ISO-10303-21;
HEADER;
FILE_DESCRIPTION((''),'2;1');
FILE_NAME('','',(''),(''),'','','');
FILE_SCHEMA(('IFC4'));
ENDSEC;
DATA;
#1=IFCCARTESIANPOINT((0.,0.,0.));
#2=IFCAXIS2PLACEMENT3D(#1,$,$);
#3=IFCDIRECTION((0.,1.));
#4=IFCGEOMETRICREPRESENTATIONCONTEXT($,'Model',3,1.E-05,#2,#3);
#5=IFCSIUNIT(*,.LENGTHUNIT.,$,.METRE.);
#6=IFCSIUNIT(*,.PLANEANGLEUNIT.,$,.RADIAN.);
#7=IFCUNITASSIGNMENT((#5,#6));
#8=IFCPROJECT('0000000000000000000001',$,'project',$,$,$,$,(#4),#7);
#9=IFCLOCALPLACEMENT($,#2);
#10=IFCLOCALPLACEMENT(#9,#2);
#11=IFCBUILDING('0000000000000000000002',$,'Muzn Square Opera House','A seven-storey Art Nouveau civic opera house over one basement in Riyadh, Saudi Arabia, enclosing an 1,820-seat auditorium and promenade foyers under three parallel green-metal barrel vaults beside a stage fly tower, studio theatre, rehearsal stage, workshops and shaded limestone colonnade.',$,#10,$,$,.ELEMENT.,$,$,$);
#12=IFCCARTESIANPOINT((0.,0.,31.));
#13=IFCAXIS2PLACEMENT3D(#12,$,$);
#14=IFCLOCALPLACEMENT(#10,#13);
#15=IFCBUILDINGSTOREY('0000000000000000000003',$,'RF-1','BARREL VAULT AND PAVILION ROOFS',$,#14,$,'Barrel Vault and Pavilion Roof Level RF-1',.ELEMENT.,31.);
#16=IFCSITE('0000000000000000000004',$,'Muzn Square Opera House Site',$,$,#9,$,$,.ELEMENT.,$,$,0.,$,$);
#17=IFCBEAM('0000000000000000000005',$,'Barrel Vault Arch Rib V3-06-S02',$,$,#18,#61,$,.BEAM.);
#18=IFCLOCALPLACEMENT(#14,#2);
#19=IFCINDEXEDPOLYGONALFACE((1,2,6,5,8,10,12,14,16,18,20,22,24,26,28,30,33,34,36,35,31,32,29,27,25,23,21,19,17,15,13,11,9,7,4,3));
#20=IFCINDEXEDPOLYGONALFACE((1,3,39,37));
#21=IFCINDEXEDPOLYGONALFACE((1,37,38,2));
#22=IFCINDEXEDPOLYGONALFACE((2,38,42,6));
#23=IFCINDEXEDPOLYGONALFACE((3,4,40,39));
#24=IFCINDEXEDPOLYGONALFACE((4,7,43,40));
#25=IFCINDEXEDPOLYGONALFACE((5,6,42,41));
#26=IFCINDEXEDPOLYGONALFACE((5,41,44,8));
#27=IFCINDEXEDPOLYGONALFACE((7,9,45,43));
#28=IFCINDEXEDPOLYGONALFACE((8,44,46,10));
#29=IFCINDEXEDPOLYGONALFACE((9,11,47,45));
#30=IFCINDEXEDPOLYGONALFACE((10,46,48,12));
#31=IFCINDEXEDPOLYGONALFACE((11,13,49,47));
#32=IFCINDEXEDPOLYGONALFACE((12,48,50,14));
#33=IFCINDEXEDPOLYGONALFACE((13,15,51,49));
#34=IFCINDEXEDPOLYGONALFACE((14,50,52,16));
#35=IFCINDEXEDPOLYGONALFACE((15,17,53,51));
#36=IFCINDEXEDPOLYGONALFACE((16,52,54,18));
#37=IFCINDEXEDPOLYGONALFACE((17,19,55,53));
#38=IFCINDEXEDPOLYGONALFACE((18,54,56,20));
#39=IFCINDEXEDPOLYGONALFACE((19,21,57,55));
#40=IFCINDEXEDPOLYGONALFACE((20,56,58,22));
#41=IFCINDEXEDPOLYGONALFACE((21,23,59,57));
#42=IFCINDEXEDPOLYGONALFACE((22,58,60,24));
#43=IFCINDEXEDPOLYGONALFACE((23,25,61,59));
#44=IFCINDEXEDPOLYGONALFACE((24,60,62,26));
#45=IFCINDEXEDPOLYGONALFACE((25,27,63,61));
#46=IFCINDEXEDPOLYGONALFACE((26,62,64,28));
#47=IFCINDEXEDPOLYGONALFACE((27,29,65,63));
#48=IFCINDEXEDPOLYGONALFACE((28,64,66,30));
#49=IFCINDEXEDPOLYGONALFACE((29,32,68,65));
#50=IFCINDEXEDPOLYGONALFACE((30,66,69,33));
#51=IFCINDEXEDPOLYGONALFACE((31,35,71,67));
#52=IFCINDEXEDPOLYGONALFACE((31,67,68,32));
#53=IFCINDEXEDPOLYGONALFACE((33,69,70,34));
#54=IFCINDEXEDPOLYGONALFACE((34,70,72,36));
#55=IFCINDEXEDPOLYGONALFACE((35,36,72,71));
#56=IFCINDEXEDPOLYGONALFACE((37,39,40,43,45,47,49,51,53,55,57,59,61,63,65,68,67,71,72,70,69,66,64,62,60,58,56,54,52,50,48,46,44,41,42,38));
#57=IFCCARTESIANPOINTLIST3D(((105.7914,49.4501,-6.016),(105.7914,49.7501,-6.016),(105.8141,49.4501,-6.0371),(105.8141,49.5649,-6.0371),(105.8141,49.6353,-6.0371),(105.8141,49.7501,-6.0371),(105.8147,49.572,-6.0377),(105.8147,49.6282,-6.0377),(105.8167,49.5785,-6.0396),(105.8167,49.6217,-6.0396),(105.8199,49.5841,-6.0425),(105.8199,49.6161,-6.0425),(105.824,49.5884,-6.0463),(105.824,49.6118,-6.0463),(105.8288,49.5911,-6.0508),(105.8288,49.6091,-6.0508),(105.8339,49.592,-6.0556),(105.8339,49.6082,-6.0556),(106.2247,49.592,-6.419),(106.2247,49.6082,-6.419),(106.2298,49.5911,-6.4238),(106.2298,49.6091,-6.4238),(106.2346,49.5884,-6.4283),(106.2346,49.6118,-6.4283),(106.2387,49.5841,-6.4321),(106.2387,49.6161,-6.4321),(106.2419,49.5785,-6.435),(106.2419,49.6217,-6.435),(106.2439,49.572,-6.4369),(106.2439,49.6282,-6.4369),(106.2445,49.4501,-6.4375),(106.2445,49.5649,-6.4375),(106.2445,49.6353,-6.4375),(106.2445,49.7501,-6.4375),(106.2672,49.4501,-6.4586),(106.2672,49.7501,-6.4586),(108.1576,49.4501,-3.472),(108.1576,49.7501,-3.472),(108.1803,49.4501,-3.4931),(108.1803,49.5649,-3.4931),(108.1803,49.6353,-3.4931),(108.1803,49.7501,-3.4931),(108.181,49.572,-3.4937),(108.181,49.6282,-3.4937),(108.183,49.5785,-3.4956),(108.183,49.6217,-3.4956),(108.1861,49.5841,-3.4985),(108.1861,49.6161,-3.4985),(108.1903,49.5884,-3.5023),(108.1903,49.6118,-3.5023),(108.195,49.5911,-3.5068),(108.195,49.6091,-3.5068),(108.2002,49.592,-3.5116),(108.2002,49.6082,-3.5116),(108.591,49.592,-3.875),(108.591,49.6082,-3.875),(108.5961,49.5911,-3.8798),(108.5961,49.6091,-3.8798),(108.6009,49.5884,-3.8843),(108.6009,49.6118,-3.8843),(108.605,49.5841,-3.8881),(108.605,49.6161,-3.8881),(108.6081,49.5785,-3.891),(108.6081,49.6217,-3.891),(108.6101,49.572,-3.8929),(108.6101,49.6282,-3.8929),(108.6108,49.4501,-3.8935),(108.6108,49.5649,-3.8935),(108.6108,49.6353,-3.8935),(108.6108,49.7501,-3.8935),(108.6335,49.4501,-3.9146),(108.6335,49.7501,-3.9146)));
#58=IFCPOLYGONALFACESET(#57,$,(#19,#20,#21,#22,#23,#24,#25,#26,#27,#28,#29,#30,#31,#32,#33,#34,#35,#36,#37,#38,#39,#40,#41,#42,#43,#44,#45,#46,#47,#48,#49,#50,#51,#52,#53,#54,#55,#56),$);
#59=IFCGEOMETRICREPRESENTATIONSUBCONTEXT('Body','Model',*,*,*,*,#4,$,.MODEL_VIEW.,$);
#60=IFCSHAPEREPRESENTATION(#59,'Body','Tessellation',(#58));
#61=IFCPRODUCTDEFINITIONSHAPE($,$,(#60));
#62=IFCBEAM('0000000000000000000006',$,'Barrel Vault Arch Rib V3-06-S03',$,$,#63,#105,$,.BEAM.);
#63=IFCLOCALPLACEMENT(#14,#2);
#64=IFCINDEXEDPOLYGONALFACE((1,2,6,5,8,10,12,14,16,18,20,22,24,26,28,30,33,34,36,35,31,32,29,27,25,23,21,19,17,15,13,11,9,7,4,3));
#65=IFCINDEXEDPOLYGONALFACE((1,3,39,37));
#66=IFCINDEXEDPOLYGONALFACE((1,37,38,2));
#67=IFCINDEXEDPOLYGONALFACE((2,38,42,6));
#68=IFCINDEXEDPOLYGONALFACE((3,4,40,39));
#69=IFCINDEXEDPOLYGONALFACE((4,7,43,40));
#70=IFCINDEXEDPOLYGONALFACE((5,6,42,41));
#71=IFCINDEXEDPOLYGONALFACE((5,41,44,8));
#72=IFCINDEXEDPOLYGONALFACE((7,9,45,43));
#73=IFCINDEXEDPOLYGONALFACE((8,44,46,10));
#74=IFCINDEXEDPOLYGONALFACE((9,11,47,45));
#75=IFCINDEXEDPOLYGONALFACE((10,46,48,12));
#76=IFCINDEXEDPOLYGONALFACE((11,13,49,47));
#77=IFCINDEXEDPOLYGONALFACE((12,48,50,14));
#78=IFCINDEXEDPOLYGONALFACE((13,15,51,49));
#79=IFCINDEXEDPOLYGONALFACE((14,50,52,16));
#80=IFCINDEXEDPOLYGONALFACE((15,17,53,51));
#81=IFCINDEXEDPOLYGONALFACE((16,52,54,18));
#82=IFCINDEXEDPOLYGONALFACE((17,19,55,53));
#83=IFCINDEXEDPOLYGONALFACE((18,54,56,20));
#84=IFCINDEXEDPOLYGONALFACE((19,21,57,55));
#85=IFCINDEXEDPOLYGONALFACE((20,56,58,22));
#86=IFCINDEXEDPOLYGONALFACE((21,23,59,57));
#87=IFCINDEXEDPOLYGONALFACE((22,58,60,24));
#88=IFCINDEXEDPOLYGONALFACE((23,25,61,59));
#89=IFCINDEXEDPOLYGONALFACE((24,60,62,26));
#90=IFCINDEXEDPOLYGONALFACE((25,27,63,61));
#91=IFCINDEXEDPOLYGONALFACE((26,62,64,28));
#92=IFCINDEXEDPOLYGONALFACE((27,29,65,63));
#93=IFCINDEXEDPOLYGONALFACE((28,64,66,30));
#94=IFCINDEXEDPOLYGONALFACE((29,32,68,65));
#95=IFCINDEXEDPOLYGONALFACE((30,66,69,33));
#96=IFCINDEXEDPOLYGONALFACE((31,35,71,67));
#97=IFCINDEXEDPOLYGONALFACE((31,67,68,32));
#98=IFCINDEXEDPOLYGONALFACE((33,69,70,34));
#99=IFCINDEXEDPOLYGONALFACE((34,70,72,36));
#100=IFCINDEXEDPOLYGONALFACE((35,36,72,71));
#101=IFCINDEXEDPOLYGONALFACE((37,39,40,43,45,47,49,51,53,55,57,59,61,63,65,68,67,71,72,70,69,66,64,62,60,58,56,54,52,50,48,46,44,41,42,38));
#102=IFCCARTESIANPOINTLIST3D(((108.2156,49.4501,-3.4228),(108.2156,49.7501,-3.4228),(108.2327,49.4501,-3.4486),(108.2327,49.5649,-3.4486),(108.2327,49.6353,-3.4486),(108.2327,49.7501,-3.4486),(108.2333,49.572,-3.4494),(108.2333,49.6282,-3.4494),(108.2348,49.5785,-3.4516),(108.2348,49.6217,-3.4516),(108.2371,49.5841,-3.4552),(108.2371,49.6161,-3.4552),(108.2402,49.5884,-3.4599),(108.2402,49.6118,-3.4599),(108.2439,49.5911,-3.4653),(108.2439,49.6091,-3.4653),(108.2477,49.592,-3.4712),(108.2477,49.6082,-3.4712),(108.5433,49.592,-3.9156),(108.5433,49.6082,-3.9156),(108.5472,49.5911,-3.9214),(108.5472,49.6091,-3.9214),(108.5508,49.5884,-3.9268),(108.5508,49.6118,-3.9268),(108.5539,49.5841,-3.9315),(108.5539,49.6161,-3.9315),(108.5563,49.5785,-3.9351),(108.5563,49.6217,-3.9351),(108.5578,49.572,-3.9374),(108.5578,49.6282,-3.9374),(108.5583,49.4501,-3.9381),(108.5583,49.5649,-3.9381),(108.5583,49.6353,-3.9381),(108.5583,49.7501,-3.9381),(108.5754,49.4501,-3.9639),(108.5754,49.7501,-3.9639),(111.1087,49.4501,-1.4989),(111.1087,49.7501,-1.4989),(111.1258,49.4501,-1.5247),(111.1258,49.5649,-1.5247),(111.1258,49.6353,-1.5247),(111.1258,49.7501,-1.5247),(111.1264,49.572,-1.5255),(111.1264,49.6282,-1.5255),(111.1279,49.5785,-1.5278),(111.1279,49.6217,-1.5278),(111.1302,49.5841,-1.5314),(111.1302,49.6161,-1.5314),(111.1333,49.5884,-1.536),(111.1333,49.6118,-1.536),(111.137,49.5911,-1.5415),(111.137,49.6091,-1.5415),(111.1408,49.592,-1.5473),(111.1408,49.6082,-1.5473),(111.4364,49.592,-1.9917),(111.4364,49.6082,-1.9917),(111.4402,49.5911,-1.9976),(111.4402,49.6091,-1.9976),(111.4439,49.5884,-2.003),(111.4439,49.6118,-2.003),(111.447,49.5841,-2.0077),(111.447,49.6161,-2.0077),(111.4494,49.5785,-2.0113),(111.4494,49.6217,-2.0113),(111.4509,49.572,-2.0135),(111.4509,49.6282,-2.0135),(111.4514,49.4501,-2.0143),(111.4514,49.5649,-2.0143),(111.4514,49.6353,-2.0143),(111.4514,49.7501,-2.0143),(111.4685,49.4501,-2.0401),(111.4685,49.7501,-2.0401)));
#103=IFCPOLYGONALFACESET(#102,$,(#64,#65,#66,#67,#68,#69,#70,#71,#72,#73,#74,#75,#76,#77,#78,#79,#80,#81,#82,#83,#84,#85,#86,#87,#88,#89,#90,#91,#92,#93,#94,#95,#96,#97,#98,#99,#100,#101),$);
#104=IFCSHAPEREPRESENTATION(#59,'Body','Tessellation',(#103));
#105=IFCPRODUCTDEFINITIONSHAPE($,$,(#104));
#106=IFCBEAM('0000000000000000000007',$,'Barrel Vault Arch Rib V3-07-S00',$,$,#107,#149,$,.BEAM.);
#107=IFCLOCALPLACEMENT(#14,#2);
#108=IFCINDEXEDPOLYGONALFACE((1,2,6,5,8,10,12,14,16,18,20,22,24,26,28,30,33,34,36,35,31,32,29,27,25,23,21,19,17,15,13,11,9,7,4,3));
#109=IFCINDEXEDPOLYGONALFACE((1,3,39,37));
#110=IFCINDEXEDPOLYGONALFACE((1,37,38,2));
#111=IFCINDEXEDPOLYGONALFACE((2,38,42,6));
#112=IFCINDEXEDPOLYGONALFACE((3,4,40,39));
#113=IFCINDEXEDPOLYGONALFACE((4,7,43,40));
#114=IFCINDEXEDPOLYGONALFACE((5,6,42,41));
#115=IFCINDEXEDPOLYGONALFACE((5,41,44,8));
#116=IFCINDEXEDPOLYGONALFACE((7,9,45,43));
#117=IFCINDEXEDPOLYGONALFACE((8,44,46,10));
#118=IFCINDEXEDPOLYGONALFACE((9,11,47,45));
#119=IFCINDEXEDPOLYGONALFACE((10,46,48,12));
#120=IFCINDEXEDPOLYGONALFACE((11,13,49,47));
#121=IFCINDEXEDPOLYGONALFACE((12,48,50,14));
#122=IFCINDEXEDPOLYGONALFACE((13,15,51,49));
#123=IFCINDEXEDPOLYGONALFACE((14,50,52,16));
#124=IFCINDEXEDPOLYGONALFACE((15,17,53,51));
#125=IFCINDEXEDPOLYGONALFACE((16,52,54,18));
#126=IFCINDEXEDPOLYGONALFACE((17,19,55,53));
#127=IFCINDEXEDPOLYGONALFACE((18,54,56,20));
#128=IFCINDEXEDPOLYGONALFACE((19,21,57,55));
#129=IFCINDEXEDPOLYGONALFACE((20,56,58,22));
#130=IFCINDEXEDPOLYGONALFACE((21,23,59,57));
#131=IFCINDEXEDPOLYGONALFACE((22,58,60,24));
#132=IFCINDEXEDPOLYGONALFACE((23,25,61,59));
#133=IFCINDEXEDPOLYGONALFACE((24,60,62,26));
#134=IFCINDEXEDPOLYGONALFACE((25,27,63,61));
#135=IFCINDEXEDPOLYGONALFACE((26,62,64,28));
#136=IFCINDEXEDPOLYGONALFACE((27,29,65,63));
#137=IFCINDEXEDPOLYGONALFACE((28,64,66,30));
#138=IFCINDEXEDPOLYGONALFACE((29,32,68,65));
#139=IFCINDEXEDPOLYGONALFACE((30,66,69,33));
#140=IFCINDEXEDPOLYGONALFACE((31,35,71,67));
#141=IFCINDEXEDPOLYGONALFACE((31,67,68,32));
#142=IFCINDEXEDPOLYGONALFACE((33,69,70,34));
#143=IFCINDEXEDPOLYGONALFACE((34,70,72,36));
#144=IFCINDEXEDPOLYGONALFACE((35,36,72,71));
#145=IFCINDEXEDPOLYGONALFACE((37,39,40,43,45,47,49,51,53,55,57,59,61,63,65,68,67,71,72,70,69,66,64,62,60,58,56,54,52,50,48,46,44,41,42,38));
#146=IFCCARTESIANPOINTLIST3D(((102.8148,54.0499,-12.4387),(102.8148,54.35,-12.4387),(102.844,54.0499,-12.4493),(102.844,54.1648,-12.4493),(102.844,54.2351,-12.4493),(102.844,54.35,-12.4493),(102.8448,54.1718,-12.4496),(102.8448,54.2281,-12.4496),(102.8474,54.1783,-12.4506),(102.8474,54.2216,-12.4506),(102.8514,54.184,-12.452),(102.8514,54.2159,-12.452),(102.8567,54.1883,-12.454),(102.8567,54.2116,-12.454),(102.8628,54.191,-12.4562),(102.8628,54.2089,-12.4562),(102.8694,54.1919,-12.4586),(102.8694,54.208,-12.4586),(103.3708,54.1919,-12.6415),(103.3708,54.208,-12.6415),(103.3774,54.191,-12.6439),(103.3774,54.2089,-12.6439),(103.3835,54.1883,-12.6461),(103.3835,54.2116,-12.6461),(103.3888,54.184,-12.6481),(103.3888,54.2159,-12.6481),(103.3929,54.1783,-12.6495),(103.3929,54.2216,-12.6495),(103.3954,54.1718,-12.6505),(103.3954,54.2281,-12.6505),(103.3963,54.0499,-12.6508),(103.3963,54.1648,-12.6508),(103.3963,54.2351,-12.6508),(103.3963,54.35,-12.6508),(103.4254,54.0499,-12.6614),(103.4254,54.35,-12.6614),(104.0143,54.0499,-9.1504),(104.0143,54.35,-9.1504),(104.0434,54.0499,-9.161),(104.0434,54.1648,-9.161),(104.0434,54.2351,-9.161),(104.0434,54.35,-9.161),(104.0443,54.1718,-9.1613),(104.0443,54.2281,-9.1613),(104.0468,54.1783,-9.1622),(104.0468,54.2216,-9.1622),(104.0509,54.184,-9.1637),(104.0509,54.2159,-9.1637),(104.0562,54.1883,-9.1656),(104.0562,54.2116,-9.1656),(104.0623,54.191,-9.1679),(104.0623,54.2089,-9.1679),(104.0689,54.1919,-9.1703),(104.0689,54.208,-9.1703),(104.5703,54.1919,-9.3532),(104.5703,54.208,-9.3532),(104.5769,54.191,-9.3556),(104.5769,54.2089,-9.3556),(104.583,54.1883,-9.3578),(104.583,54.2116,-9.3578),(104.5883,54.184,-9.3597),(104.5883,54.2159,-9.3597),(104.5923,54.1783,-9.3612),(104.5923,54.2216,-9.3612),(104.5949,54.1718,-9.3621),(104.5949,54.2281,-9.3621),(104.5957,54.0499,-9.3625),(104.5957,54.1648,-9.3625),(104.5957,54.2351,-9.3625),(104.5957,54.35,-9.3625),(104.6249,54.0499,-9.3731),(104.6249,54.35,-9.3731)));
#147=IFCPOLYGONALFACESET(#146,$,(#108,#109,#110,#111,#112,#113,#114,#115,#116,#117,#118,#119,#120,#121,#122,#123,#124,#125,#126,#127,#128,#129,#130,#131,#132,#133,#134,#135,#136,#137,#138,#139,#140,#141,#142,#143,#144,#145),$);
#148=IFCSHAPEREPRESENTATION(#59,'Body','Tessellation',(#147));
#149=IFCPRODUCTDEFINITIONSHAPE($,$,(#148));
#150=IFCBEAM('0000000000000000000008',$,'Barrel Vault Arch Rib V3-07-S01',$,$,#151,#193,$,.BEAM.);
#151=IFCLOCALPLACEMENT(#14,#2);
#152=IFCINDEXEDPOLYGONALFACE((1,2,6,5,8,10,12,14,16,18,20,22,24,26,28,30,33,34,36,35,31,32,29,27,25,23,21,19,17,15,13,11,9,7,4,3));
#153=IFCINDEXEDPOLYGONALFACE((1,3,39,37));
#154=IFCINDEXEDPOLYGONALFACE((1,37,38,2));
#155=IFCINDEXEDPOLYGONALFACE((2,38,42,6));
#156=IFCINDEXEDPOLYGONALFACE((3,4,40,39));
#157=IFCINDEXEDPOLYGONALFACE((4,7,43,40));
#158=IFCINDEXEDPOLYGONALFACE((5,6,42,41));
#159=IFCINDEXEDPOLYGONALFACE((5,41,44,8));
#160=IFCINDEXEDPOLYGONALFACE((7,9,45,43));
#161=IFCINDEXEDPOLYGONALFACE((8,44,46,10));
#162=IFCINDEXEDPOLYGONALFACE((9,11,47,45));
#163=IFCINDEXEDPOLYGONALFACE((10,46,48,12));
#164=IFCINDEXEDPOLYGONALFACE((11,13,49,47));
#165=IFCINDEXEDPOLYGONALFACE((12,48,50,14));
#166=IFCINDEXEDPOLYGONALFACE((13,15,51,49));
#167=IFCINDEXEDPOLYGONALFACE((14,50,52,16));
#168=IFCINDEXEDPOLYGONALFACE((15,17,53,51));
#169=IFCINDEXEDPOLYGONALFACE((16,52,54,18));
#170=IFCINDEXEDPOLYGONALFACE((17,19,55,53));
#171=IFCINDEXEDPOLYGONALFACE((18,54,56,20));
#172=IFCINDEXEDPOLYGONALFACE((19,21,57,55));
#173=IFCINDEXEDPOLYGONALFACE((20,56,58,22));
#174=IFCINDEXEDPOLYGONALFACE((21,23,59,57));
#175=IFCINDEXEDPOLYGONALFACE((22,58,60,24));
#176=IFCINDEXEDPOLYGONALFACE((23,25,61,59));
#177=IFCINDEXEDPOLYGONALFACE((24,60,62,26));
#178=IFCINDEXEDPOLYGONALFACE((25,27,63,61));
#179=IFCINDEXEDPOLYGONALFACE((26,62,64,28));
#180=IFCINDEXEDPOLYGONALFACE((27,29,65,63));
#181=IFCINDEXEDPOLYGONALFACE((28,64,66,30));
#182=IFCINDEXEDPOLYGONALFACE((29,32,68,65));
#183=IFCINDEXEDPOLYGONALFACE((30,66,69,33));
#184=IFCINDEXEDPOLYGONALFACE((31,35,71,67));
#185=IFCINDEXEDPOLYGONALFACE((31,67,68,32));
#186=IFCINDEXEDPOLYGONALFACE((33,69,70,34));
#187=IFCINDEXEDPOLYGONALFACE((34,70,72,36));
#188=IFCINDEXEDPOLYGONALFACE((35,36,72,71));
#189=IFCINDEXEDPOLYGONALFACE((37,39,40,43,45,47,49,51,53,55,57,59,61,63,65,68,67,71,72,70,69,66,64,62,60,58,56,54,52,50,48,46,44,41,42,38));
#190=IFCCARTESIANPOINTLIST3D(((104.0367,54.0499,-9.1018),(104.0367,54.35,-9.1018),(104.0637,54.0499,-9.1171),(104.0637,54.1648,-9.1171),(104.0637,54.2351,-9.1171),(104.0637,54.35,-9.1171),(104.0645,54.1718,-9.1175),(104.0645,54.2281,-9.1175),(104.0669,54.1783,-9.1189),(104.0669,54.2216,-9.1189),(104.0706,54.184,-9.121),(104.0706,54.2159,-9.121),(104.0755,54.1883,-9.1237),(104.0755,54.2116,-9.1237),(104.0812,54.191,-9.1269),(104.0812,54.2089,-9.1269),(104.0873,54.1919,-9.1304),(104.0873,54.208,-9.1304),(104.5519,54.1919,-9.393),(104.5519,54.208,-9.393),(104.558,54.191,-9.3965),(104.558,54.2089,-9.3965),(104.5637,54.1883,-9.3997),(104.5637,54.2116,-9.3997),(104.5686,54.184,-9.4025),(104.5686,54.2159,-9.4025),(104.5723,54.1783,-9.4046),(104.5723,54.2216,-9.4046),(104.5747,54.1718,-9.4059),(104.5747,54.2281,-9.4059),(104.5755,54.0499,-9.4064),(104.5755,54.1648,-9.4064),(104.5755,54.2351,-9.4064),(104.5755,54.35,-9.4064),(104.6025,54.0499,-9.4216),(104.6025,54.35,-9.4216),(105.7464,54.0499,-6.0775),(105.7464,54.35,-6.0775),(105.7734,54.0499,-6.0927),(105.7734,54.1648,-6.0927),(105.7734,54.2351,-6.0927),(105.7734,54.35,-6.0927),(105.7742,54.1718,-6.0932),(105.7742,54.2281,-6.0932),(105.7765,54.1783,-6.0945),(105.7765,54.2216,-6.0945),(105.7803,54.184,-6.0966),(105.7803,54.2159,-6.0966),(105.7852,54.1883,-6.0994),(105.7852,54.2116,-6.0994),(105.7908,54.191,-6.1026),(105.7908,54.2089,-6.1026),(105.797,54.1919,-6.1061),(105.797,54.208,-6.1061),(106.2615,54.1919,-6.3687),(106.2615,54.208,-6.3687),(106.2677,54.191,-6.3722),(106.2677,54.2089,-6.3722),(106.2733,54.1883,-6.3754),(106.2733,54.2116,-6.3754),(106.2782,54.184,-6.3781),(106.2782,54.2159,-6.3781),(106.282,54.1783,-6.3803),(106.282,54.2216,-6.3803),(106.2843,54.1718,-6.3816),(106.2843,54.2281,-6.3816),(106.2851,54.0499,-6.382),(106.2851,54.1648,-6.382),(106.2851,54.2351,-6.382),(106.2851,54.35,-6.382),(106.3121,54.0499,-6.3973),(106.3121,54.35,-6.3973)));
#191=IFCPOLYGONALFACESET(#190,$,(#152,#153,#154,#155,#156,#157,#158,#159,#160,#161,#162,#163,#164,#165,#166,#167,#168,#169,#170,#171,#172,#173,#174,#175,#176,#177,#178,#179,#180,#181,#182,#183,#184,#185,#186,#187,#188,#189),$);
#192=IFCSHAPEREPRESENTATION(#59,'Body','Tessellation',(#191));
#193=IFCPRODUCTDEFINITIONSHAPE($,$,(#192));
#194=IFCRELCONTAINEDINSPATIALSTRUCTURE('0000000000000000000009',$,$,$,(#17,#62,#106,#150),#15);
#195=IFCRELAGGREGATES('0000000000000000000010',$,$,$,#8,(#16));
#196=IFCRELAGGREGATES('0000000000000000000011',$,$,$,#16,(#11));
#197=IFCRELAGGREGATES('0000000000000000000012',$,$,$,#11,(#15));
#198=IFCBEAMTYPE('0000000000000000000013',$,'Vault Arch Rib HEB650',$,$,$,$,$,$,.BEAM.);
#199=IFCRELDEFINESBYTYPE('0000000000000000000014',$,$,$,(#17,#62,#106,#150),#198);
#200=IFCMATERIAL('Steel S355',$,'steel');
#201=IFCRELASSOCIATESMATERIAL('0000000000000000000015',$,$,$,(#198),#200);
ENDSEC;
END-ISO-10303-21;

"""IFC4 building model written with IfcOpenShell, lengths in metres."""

from ifc_helpers import new_model, si_unit, direction, frame, origin, origin_2d, place, context, subcontext, project, spatial, i_section, extrude, material, material_profile, profile_set, type_object, element, save


model = new_model("IFC4")

# Units and contexts
model_context = context("Model", 3, precision=1e-05, world=origin(), true_north=direction((0.0, 1.0)))
body_context = subcontext(model_context, "Body", "Model", "MODEL_VIEW")
ifc_project = project(units=[si_unit("LENGTHUNIT", "METRE"), si_unit("PLANEANGLEUNIT", "RADIAN")], contexts=[model_context])

# Site, building, storey
site_placement = place(None, origin())
site = spatial("IfcSite", under=ifc_project, at=site_placement, Name="Muzn Square Opera House Site", CompositionType="ELEMENT", RefElevation=0.0)
building_placement = place(site_placement, origin())
building = spatial("IfcBuilding", under=site, at=building_placement, Name="Muzn Square Opera House", Description="A seven-storey Art Nouveau civic opera house over one basement in Riyadh, Saudi Arabia, enclosing an 1,820-seat auditorium and promenade foyers under three parallel green-metal barrel vaults beside a stage fly tower, studio theatre, rehearsal stage, workshops and shaded limestone colonnade.", CompositionType="ELEMENT")
storey_placement = place(building_placement, frame((0.0, 0.0, 31.0)))
storey = spatial("IfcBuildingStorey", under=building, at=storey_placement, Name="RF-1", Description="BARREL VAULT AND PAVILION ROOFS", LongName="Barrel Vault and Pavilion Roof Level RF-1", CompositionType="ELEMENT", Elevation=31.0)

# Beams
ifc_material_1 = material(Name="Steel S355", Category="steel")
ifc_material_profile_1 = material_profile(ifc_material_1, i_section(OverallWidth=0.3, OverallDepth=0.6499, WebThickness=0.0161, FlangeThickness=0.031, FilletRadius=0.0271, at=origin_2d()), Name="HEB 650", Category="steel")
ifc_profile_set_1 = profile_set([ifc_material_profile_1], Name="Steel S355")
beam_type_1 = type_object("IfcBeamType", Name="Vault Arch Rib HEB650", PredefinedType="BEAM", material=ifc_profile_set_1)
for number, where, z_axis, x_axis, name in (
    (1, (106.0293, 49.6001, -6.2373), (0.681065, 0.0, 0.732223), (0.0, 1.0, 0.0), "Barrel Vault Arch Rib V3-06-S02"),
    (2, (108.3955, 49.6001, -3.6934), (0.832698, 0.0, 0.553727), (0.0, 1.0, 0.0), "Barrel Vault Arch Rib V3-06-S03"),
):
    element("IfcBeam", number, at=place(storey_placement, frame(where, z_axis=z_axis, x_axis=x_axis)), inside=storey, type_object=beam_type_1, Name=name, PredefinedType="BEAM", context=body_context, shape_type="SweptSolid", body=[
        extrude(i_section(OverallWidth=0.3, OverallDepth=0.6499, WebThickness=0.0161, FlangeThickness=0.031, FilletRadius=0.0271, at=origin_2d()), origin(), (0.0, 0.0, 1.0), 3.4744),
    ])
beam_1_placement = place(storey_placement, frame((103.1201, 54.2, -12.55), z_axis=(0.342678, 0.0, 0.939453), x_axis=(0.0, 1.0, 0.0)))
element("IfcBeam", 3, at=beam_1_placement, inside=storey, type_object=beam_type_1, Name="Barrel Vault Arch Rib V3-07-S00", PredefinedType="BEAM", context=body_context, shape_type="SweptSolid", body=[
    extrude(i_section(OverallWidth=0.3, OverallDepth=0.6499, WebThickness=0.0161, FlangeThickness=0.031, FilletRadius=0.0271, at=origin_2d()), origin(), (0.0, 0.0, 1.0), 3.5002),
])
beam_2_placement = place(storey_placement, frame((104.3196, 54.2, -9.2617), z_axis=(0.492115, 0.0, 0.87053), x_axis=(0.0, 1.0, 0.0)))
element("IfcBeam", 4, at=beam_2_placement, inside=storey, type_object=beam_type_1, Name="Barrel Vault Arch Rib V3-07-S01", PredefinedType="BEAM", context=body_context, shape_type="SweptSolid", body=[
    extrude(i_section(OverallWidth=0.3, OverallDepth=0.6499, WebThickness=0.0161, FlangeThickness=0.031, FilletRadius=0.0271, at=origin_2d()), origin(), (0.0, 0.0, 1.0), 3.4741),
])

save(model, "model.ifc")
